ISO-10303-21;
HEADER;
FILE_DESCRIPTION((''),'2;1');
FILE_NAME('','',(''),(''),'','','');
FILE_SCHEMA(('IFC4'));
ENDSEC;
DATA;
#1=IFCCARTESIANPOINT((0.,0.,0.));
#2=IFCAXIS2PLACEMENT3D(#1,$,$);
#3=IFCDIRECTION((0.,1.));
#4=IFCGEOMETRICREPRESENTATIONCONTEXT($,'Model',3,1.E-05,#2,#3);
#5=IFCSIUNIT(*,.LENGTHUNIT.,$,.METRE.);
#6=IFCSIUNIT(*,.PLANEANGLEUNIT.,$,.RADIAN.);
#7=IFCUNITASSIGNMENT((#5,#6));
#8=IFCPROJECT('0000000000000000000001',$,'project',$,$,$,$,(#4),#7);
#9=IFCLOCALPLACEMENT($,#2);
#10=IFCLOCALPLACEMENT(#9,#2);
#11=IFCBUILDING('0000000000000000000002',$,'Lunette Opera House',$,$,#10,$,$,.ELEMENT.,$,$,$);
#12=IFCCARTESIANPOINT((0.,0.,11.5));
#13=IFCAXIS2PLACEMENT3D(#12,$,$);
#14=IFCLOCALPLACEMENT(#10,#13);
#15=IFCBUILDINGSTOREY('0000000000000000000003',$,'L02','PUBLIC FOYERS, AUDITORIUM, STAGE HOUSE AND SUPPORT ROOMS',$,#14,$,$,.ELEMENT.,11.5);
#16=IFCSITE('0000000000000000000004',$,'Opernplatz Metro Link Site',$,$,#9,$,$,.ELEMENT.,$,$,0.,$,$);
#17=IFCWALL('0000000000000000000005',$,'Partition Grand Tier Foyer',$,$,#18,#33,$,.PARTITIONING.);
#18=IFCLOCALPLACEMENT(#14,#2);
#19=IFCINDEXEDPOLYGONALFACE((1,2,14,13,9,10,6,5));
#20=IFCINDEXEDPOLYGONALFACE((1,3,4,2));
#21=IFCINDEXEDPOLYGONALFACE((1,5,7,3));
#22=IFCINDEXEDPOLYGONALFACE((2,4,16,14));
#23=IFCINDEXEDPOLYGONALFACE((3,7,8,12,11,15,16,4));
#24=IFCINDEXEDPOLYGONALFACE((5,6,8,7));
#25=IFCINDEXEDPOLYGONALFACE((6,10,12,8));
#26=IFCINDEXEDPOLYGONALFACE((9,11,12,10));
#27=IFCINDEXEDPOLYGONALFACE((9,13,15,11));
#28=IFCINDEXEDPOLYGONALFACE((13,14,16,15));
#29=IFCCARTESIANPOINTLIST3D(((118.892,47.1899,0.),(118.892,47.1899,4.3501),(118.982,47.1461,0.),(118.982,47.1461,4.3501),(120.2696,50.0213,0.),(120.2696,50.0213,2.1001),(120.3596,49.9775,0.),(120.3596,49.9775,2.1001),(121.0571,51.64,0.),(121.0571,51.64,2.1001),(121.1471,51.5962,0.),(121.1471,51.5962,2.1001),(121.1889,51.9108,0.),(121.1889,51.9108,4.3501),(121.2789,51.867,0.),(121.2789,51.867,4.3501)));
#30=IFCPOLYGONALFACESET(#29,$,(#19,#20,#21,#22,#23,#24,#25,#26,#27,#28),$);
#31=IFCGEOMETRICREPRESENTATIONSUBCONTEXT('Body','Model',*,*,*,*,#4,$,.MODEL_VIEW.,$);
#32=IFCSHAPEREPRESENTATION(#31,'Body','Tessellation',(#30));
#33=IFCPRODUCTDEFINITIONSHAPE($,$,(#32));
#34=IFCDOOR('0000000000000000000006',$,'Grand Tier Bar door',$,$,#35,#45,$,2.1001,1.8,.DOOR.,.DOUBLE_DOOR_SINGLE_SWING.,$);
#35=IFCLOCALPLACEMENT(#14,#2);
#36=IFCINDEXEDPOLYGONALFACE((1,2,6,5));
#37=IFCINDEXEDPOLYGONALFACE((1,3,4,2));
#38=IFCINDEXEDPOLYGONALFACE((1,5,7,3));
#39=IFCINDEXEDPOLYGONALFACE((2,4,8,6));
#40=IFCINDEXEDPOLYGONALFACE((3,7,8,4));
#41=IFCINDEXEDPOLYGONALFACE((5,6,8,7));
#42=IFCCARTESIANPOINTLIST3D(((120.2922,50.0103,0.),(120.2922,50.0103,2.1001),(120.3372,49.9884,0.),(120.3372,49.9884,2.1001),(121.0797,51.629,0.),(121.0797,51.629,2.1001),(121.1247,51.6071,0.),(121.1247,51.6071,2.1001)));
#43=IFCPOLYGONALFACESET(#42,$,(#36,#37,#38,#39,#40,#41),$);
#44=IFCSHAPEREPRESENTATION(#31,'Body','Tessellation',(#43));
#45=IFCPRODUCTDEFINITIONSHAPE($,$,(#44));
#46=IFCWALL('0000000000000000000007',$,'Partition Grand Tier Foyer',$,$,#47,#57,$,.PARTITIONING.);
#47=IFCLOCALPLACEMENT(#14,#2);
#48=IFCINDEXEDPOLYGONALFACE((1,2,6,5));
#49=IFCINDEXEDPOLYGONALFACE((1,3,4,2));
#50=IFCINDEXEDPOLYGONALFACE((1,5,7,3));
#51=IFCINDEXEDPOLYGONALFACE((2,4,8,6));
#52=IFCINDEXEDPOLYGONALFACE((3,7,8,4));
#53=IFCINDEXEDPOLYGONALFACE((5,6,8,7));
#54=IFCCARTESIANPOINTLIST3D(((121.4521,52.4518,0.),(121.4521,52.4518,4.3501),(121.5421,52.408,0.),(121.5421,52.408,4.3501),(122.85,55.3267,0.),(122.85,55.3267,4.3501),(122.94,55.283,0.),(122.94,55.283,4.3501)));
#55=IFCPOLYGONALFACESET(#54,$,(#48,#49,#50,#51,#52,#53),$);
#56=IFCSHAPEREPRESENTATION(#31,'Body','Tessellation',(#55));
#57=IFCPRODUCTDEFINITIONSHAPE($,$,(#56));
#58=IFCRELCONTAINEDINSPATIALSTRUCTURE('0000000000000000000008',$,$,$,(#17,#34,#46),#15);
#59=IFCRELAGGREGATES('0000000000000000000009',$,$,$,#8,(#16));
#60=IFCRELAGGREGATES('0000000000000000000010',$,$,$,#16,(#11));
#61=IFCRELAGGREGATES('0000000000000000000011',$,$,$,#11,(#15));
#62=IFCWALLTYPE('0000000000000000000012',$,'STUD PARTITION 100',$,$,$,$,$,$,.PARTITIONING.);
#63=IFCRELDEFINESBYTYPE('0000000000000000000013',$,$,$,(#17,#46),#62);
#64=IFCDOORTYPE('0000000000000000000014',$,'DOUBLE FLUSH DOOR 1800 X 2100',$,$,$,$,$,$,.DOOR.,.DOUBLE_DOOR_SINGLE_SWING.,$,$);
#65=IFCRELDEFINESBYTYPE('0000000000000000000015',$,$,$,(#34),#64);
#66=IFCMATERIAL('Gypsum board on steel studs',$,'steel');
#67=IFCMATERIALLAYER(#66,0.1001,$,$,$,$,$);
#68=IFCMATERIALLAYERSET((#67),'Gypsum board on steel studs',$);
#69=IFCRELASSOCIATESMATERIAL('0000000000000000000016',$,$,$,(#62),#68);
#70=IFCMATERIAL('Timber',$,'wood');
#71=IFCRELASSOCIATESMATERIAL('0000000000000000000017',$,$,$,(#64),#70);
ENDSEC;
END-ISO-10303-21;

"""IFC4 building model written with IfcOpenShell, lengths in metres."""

from ifc_helpers import new_model, si_unit, direction, frame, frame_2d, origin, place, context, subcontext, project, spatial, rectangle, extrude, material, layer, layer_set, type_object, element, fill, save


model = new_model("IFC4")

# Units and contexts
model_context = context("Model", 3, precision=1e-05, world=origin(), true_north=direction((0.0, 1.0)))
body_context = subcontext(model_context, "Body", "Model", "MODEL_VIEW")
ifc_project = project(units=[si_unit("LENGTHUNIT", "METRE"), si_unit("PLANEANGLEUNIT", "RADIAN")], contexts=[model_context])

# Site, building, storey
site_placement = place(None, origin())
site = spatial("IfcSite", under=ifc_project, at=site_placement, Name="Opernplatz Metro Link Site", CompositionType="ELEMENT", RefElevation=0.0)
building_placement = place(site_placement, origin())
building = spatial("IfcBuilding", under=site, at=building_placement, Name="Lunette Opera House", CompositionType="ELEMENT")
storey_placement = place(building_placement, frame((0.0, 0.0, 11.5)))
storey = spatial("IfcBuildingStorey", under=building, at=storey_placement, Name="L02", Description="PUBLIC FOYERS, AUDITORIUM, STAGE HOUSE AND SUPPORT ROOMS", CompositionType="ELEMENT", Elevation=11.5)

# Wall, opening, door
ifc_material_1 = material(Name="Gypsum board on steel studs", Category="steel")
ifc_layer_1 = layer(ifc_material_1, 0.1001)
ifc_layer_set_1 = layer_set([ifc_layer_1], Name="Gypsum board on steel studs")
wall_type_1 = type_object("IfcWallType", Name="STUD PARTITION 100", PredefinedType="PARTITIONING", material=ifc_layer_set_1)
wall_1_placement = place(storey_placement, frame((118.937, 47.168, 0.0), z_axis=(0.0, 0.0, 1.0), x_axis=(0.437496, 0.89922, 0.0)))
wall_1 = element("IfcWall", 1, at=wall_1_placement, inside=storey, type_object=wall_type_1, Name="Partition Grand Tier Foyer", PredefinedType="PARTITIONING", context=body_context, shape_type="SweptSolid", body=[
    extrude(rectangle(XDim=5.25, YDim=0.1001, at=frame_2d((2.625, 0.0))), origin(), (0.0, 0.0, 1.0), 4.3501),
])
opening_1_placement = place(wall_1_placement, frame((3.1489, 0.0, 0.0)))
opening_1 = element("IfcOpeningElement", 2, at=opening_1_placement, cuts=wall_1, PredefinedType="OPENING", context=body_context, shape_type="SweptSolid", body=[
    extrude(rectangle(XDim=1.8, YDim=2.1001, at=frame_2d((0.8999, 1.05))), frame((0.0, 0.062, 0.0), z_axis=(0.0, -1.0, 0.0), x_axis=(1.0, 0.0, 0.0)), (0.0, 0.0, 1.0), 0.124),
])
ifc_material_2 = material(Name="Timber", Category="wood")
door_type = type_object("IfcDoorType", Name="DOUBLE FLUSH DOOR 1800 X 2100", OperationType="DOUBLE_DOOR_SINGLE_SWING", PredefinedType="DOOR", material=ifc_material_2)
door_placement = place(opening_1_placement, origin())
door = element("IfcDoor", 3, at=door_placement, inside=storey, type_object=door_type, Name="Grand Tier Bar door", OperationType="DOUBLE_DOOR_SINGLE_SWING", OverallHeight=2.1001, OverallWidth=1.8, PredefinedType="DOOR", context=body_context, shape_type="SweptSolid", body=[
    extrude(rectangle(XDim=1.8, YDim=2.1001, at=frame_2d((0.8999, 1.05))), frame((0.0, 0.0249, 0.0), z_axis=(0.0, -1.0, 0.0), x_axis=(1.0, 0.0, 0.0)), (0.0, 0.0, 1.0), 0.05),
])
fill(opening_1, door)

# Wall
wall_2_placement = place(storey_placement, frame((121.4971, 52.4299, 0.0), z_axis=(0.0, 0.0, 1.0), x_axis=(0.437289, 0.899321, 0.0)))
element("IfcWall", 4, at=wall_2_placement, inside=storey, type_object=wall_type_1, Name="Partition Grand Tier Foyer", PredefinedType="PARTITIONING", context=body_context, shape_type="SweptSolid", body=[
    extrude(rectangle(XDim=3.1968, YDim=0.1001, at=frame_2d((1.5984, 0.0))), origin(), (0.0, 0.0, 1.0), 4.3501),
])

save(model, "model.ifc")
